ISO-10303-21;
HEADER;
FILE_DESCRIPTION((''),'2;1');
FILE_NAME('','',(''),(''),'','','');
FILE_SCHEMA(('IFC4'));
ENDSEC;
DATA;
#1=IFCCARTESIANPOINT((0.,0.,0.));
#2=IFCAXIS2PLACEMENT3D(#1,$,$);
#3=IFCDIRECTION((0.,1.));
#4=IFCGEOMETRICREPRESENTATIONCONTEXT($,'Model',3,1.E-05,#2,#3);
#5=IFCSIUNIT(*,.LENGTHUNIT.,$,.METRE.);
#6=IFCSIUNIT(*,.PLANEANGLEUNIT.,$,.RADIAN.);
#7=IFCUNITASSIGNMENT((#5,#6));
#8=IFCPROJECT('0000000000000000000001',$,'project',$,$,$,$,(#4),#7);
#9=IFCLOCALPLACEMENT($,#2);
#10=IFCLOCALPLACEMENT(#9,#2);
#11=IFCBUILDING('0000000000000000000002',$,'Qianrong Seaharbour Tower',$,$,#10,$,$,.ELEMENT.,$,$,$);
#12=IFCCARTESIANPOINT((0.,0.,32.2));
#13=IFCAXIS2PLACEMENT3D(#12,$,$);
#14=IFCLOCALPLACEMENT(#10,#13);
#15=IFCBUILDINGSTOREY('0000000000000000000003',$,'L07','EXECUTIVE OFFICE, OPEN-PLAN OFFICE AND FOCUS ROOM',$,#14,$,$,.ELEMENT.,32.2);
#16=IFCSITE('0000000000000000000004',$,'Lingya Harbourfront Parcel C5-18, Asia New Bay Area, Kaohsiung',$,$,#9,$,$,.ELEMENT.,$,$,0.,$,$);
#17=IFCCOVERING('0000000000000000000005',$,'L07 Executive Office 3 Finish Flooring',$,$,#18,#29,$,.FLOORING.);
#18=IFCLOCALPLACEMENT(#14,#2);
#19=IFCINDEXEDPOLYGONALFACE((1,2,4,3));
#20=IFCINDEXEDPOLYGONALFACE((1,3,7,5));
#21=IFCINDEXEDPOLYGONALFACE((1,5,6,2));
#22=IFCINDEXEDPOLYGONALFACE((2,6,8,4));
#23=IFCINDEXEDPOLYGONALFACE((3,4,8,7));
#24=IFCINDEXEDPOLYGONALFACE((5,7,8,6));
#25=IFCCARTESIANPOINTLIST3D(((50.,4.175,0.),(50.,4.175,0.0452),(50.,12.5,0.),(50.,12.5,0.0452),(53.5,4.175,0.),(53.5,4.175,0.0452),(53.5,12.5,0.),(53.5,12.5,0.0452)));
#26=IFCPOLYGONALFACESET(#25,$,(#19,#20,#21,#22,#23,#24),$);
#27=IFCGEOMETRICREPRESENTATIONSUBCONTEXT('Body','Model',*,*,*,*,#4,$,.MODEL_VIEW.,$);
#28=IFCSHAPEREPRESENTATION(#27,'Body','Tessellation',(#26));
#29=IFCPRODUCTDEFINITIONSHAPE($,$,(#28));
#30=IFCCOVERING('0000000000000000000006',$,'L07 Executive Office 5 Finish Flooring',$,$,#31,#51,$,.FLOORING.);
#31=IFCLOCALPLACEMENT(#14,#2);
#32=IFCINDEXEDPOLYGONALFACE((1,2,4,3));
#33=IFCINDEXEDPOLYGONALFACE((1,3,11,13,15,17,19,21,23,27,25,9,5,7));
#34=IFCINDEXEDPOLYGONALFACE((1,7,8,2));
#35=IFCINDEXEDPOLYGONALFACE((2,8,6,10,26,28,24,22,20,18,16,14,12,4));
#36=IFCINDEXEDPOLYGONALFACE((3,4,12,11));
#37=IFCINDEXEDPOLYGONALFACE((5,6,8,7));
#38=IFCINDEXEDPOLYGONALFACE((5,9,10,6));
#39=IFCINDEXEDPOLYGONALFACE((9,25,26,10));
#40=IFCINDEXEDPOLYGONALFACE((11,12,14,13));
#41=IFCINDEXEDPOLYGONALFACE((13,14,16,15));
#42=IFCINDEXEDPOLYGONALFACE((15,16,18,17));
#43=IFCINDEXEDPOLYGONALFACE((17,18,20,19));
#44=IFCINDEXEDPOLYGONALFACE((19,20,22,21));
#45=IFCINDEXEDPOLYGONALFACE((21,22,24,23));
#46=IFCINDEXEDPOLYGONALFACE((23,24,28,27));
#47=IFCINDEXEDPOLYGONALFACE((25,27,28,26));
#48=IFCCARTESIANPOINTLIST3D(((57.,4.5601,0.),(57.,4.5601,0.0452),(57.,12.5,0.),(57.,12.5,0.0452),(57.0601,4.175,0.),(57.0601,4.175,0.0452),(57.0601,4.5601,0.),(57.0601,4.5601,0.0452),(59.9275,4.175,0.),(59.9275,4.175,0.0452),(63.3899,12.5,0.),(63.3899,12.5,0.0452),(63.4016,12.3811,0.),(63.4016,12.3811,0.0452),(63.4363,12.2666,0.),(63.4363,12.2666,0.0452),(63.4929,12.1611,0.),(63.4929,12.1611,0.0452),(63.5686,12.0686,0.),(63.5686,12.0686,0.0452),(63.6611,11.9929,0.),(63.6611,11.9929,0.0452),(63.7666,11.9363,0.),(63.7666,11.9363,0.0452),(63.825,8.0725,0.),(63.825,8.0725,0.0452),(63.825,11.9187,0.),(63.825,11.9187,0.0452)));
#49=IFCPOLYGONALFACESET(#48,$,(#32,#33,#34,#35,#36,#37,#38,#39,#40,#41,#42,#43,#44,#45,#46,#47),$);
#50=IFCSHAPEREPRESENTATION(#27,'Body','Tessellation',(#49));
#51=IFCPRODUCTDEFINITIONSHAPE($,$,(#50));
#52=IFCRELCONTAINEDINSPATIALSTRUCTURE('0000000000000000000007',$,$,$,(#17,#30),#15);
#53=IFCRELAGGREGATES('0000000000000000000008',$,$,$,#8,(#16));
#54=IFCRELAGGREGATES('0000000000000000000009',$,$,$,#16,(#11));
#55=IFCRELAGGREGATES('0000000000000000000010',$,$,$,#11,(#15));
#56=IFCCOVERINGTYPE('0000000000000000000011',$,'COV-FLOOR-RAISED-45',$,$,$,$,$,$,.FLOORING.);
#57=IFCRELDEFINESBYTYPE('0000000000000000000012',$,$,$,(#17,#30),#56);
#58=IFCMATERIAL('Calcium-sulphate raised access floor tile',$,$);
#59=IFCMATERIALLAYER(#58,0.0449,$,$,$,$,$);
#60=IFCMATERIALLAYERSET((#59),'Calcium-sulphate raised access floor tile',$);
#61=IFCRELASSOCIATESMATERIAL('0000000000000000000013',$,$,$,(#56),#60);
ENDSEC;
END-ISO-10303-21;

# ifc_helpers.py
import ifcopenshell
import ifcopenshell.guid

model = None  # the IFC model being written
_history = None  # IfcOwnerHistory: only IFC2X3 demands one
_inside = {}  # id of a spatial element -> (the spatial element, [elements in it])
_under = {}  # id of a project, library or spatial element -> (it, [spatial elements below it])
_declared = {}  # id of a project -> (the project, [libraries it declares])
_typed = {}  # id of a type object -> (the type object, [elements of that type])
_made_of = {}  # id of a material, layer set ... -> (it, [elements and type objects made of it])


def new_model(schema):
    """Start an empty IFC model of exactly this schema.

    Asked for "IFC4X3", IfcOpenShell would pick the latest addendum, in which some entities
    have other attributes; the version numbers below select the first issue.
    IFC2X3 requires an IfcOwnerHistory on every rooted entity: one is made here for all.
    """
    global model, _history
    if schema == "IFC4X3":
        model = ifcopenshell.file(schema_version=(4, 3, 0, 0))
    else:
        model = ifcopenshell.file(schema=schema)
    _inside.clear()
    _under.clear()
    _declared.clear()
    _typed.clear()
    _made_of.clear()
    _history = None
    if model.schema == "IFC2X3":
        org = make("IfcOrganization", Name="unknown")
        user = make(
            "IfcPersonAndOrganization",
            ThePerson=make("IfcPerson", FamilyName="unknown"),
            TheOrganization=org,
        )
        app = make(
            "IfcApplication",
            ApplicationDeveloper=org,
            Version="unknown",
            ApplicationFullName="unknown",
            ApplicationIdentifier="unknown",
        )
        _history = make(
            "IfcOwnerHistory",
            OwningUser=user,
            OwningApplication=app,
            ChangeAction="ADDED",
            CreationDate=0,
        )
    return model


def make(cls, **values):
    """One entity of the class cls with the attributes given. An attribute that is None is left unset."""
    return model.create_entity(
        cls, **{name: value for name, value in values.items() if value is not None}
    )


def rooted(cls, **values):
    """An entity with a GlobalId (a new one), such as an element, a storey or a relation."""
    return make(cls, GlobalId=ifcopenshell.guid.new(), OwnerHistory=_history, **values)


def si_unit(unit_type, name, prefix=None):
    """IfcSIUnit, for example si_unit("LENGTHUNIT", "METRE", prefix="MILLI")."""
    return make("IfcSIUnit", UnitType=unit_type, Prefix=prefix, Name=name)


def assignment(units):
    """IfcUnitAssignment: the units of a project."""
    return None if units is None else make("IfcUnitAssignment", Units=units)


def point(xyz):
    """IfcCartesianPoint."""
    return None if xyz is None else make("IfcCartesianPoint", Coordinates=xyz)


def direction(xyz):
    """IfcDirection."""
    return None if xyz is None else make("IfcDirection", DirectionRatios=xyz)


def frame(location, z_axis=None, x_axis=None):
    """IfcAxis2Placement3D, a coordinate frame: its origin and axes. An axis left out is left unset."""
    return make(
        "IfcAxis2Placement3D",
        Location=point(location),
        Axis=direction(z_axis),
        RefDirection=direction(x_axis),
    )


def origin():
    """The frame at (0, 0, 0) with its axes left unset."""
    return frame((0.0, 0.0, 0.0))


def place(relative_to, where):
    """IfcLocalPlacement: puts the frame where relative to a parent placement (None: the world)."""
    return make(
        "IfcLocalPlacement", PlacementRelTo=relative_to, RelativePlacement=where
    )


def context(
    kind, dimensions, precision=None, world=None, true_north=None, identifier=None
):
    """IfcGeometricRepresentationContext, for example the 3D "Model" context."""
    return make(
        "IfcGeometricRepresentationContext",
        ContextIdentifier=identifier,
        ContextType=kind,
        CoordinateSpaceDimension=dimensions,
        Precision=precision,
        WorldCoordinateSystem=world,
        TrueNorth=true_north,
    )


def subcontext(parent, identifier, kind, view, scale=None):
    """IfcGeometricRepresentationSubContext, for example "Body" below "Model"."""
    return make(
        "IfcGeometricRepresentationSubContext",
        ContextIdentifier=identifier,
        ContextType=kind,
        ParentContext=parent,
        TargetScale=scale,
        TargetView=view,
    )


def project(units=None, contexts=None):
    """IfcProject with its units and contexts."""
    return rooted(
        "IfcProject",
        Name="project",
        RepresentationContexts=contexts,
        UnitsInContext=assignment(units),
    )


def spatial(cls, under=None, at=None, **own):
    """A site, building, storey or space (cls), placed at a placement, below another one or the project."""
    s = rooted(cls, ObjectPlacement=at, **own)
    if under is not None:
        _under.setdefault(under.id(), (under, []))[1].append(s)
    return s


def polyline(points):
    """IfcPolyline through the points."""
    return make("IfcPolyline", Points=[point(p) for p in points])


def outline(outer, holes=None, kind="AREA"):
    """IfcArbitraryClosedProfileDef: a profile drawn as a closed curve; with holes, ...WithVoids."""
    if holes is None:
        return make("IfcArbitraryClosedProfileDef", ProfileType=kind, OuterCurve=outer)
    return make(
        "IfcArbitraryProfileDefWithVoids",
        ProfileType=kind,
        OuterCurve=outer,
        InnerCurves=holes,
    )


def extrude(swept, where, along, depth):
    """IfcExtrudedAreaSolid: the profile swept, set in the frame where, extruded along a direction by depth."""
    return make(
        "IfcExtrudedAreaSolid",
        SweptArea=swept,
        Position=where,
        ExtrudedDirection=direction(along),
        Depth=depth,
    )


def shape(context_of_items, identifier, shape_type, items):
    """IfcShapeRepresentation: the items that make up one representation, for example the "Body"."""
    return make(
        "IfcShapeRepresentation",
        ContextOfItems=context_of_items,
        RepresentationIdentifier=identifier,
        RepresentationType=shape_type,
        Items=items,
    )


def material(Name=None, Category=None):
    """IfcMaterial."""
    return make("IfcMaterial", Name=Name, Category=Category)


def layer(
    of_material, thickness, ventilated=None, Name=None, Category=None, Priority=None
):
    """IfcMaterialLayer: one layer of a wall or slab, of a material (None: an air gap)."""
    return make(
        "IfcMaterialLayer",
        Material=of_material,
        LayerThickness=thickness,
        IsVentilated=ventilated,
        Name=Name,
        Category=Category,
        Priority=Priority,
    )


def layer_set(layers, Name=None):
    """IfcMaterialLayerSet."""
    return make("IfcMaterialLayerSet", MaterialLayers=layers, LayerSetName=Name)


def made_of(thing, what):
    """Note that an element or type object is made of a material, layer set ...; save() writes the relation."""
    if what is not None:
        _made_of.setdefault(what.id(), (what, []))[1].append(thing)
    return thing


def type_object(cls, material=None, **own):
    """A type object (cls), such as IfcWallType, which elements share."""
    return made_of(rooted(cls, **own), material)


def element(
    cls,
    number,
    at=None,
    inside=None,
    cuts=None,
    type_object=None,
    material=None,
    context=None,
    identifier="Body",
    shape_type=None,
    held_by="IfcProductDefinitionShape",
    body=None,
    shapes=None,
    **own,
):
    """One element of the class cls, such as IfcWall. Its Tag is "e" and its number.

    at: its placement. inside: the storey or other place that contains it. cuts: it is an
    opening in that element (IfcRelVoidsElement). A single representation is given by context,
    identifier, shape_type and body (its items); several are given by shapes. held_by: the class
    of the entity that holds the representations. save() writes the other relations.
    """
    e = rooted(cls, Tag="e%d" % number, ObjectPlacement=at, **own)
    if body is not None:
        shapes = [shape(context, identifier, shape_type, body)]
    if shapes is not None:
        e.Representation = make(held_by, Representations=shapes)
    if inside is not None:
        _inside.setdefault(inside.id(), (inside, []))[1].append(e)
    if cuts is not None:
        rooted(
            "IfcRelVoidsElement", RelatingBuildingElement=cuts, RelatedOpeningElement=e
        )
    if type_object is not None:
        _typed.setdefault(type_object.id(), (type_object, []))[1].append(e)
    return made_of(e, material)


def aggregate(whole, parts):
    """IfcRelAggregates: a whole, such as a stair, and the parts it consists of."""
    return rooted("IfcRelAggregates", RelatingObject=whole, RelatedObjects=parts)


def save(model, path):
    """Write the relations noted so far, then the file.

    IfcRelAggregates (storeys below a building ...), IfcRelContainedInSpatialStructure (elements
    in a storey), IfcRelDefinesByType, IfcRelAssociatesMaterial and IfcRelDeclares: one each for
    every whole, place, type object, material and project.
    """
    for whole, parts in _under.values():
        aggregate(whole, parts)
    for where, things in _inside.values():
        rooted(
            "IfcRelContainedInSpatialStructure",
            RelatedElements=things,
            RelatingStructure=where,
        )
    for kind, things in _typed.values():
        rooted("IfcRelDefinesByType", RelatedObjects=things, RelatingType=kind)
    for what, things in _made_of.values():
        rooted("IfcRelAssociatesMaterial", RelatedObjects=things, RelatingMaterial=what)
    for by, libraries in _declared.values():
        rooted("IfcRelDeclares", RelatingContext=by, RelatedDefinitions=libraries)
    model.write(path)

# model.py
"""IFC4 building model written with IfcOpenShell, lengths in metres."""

from ifc_helpers import new_model, si_unit, direction, frame, origin, place, context, subcontext, project, spatial, polyline, outline, extrude, material, layer, layer_set, type_object, element, save


model = new_model("IFC4")

# Units and contexts
model_context = context("Model", 3, precision=1e-05, world=origin(), true_north=direction((0.0, 1.0)))
body_context = subcontext(model_context, "Body", "Model", "MODEL_VIEW")
ifc_project = project(units=[si_unit("LENGTHUNIT", "METRE"), si_unit("PLANEANGLEUNIT", "RADIAN")], contexts=[model_context])

# Site, building, storey
site_placement = place(None, origin())
site = spatial("IfcSite", under=ifc_project, at=site_placement, Name="Lingya Harbourfront Parcel C5-18, Asia New Bay Area, Kaohsiung", CompositionType="ELEMENT", RefElevation=0.0)
building_placement = place(site_placement, origin())
building = spatial("IfcBuilding", under=site, at=building_placement, Name="Qianrong Seaharbour Tower", CompositionType="ELEMENT")
storey_placement = place(building_placement, frame((0.0, 0.0, 32.2)))
storey = spatial("IfcBuildingStorey", under=building, at=storey_placement, Name="L07", Description="EXECUTIVE OFFICE, OPEN-PLAN OFFICE AND FOCUS ROOM", CompositionType="ELEMENT", Elevation=32.2)

# Coverings
ifc_material_1 = material(Name="Calcium-sulphate raised access floor tile")
ifc_layer_1 = layer(ifc_material_1, 0.0449)
ifc_layer_set_1 = layer_set([ifc_layer_1], Name="Calcium-sulphate raised access floor tile")
covering_type_1 = type_object("IfcCoveringType", Name="COV-FLOOR-RAISED-45", PredefinedType="FLOORING", material=ifc_layer_set_1)
covering_1_placement = place(storey_placement, origin())
element("IfcCovering", 1, at=covering_1_placement, inside=storey, type_object=covering_type_1, Name="L07 Executive Office 3 Finish Flooring", PredefinedType="FLOORING", context=body_context, shape_type="SweptSolid", body=[
    extrude(outline(polyline([(53.5, 4.175), (50.0, 4.175), (50.0, 12.5), (53.5, 12.5), (53.5, 4.175)])), origin(), (0.0, 0.0, 1.0), 0.0452),
])
covering_2_placement = place(storey_placement, origin())
element("IfcCovering", 2, at=covering_2_placement, inside=storey, type_object=covering_type_1, Name="L07 Executive Office 5 Finish Flooring", PredefinedType="FLOORING", context=body_context, shape_type="SweptSolid", body=[
    extrude(outline(polyline([(63.825, 8.0725), (59.9275, 4.175), (57.0601, 4.175), (57.0601, 4.5601), (57.0, 4.5601), (57.0, 12.5), (63.3899, 12.5), (63.4016, 12.3811), (63.4363, 12.2666), (63.4929, 12.1611), (63.5686, 12.0686), (63.6611, 11.9929), (63.7666, 11.9363), (63.825, 11.9187), (63.825, 8.0725)])), origin(), (0.0, 0.0, 1.0), 0.0452),
])

save(model, "model.ifc")
